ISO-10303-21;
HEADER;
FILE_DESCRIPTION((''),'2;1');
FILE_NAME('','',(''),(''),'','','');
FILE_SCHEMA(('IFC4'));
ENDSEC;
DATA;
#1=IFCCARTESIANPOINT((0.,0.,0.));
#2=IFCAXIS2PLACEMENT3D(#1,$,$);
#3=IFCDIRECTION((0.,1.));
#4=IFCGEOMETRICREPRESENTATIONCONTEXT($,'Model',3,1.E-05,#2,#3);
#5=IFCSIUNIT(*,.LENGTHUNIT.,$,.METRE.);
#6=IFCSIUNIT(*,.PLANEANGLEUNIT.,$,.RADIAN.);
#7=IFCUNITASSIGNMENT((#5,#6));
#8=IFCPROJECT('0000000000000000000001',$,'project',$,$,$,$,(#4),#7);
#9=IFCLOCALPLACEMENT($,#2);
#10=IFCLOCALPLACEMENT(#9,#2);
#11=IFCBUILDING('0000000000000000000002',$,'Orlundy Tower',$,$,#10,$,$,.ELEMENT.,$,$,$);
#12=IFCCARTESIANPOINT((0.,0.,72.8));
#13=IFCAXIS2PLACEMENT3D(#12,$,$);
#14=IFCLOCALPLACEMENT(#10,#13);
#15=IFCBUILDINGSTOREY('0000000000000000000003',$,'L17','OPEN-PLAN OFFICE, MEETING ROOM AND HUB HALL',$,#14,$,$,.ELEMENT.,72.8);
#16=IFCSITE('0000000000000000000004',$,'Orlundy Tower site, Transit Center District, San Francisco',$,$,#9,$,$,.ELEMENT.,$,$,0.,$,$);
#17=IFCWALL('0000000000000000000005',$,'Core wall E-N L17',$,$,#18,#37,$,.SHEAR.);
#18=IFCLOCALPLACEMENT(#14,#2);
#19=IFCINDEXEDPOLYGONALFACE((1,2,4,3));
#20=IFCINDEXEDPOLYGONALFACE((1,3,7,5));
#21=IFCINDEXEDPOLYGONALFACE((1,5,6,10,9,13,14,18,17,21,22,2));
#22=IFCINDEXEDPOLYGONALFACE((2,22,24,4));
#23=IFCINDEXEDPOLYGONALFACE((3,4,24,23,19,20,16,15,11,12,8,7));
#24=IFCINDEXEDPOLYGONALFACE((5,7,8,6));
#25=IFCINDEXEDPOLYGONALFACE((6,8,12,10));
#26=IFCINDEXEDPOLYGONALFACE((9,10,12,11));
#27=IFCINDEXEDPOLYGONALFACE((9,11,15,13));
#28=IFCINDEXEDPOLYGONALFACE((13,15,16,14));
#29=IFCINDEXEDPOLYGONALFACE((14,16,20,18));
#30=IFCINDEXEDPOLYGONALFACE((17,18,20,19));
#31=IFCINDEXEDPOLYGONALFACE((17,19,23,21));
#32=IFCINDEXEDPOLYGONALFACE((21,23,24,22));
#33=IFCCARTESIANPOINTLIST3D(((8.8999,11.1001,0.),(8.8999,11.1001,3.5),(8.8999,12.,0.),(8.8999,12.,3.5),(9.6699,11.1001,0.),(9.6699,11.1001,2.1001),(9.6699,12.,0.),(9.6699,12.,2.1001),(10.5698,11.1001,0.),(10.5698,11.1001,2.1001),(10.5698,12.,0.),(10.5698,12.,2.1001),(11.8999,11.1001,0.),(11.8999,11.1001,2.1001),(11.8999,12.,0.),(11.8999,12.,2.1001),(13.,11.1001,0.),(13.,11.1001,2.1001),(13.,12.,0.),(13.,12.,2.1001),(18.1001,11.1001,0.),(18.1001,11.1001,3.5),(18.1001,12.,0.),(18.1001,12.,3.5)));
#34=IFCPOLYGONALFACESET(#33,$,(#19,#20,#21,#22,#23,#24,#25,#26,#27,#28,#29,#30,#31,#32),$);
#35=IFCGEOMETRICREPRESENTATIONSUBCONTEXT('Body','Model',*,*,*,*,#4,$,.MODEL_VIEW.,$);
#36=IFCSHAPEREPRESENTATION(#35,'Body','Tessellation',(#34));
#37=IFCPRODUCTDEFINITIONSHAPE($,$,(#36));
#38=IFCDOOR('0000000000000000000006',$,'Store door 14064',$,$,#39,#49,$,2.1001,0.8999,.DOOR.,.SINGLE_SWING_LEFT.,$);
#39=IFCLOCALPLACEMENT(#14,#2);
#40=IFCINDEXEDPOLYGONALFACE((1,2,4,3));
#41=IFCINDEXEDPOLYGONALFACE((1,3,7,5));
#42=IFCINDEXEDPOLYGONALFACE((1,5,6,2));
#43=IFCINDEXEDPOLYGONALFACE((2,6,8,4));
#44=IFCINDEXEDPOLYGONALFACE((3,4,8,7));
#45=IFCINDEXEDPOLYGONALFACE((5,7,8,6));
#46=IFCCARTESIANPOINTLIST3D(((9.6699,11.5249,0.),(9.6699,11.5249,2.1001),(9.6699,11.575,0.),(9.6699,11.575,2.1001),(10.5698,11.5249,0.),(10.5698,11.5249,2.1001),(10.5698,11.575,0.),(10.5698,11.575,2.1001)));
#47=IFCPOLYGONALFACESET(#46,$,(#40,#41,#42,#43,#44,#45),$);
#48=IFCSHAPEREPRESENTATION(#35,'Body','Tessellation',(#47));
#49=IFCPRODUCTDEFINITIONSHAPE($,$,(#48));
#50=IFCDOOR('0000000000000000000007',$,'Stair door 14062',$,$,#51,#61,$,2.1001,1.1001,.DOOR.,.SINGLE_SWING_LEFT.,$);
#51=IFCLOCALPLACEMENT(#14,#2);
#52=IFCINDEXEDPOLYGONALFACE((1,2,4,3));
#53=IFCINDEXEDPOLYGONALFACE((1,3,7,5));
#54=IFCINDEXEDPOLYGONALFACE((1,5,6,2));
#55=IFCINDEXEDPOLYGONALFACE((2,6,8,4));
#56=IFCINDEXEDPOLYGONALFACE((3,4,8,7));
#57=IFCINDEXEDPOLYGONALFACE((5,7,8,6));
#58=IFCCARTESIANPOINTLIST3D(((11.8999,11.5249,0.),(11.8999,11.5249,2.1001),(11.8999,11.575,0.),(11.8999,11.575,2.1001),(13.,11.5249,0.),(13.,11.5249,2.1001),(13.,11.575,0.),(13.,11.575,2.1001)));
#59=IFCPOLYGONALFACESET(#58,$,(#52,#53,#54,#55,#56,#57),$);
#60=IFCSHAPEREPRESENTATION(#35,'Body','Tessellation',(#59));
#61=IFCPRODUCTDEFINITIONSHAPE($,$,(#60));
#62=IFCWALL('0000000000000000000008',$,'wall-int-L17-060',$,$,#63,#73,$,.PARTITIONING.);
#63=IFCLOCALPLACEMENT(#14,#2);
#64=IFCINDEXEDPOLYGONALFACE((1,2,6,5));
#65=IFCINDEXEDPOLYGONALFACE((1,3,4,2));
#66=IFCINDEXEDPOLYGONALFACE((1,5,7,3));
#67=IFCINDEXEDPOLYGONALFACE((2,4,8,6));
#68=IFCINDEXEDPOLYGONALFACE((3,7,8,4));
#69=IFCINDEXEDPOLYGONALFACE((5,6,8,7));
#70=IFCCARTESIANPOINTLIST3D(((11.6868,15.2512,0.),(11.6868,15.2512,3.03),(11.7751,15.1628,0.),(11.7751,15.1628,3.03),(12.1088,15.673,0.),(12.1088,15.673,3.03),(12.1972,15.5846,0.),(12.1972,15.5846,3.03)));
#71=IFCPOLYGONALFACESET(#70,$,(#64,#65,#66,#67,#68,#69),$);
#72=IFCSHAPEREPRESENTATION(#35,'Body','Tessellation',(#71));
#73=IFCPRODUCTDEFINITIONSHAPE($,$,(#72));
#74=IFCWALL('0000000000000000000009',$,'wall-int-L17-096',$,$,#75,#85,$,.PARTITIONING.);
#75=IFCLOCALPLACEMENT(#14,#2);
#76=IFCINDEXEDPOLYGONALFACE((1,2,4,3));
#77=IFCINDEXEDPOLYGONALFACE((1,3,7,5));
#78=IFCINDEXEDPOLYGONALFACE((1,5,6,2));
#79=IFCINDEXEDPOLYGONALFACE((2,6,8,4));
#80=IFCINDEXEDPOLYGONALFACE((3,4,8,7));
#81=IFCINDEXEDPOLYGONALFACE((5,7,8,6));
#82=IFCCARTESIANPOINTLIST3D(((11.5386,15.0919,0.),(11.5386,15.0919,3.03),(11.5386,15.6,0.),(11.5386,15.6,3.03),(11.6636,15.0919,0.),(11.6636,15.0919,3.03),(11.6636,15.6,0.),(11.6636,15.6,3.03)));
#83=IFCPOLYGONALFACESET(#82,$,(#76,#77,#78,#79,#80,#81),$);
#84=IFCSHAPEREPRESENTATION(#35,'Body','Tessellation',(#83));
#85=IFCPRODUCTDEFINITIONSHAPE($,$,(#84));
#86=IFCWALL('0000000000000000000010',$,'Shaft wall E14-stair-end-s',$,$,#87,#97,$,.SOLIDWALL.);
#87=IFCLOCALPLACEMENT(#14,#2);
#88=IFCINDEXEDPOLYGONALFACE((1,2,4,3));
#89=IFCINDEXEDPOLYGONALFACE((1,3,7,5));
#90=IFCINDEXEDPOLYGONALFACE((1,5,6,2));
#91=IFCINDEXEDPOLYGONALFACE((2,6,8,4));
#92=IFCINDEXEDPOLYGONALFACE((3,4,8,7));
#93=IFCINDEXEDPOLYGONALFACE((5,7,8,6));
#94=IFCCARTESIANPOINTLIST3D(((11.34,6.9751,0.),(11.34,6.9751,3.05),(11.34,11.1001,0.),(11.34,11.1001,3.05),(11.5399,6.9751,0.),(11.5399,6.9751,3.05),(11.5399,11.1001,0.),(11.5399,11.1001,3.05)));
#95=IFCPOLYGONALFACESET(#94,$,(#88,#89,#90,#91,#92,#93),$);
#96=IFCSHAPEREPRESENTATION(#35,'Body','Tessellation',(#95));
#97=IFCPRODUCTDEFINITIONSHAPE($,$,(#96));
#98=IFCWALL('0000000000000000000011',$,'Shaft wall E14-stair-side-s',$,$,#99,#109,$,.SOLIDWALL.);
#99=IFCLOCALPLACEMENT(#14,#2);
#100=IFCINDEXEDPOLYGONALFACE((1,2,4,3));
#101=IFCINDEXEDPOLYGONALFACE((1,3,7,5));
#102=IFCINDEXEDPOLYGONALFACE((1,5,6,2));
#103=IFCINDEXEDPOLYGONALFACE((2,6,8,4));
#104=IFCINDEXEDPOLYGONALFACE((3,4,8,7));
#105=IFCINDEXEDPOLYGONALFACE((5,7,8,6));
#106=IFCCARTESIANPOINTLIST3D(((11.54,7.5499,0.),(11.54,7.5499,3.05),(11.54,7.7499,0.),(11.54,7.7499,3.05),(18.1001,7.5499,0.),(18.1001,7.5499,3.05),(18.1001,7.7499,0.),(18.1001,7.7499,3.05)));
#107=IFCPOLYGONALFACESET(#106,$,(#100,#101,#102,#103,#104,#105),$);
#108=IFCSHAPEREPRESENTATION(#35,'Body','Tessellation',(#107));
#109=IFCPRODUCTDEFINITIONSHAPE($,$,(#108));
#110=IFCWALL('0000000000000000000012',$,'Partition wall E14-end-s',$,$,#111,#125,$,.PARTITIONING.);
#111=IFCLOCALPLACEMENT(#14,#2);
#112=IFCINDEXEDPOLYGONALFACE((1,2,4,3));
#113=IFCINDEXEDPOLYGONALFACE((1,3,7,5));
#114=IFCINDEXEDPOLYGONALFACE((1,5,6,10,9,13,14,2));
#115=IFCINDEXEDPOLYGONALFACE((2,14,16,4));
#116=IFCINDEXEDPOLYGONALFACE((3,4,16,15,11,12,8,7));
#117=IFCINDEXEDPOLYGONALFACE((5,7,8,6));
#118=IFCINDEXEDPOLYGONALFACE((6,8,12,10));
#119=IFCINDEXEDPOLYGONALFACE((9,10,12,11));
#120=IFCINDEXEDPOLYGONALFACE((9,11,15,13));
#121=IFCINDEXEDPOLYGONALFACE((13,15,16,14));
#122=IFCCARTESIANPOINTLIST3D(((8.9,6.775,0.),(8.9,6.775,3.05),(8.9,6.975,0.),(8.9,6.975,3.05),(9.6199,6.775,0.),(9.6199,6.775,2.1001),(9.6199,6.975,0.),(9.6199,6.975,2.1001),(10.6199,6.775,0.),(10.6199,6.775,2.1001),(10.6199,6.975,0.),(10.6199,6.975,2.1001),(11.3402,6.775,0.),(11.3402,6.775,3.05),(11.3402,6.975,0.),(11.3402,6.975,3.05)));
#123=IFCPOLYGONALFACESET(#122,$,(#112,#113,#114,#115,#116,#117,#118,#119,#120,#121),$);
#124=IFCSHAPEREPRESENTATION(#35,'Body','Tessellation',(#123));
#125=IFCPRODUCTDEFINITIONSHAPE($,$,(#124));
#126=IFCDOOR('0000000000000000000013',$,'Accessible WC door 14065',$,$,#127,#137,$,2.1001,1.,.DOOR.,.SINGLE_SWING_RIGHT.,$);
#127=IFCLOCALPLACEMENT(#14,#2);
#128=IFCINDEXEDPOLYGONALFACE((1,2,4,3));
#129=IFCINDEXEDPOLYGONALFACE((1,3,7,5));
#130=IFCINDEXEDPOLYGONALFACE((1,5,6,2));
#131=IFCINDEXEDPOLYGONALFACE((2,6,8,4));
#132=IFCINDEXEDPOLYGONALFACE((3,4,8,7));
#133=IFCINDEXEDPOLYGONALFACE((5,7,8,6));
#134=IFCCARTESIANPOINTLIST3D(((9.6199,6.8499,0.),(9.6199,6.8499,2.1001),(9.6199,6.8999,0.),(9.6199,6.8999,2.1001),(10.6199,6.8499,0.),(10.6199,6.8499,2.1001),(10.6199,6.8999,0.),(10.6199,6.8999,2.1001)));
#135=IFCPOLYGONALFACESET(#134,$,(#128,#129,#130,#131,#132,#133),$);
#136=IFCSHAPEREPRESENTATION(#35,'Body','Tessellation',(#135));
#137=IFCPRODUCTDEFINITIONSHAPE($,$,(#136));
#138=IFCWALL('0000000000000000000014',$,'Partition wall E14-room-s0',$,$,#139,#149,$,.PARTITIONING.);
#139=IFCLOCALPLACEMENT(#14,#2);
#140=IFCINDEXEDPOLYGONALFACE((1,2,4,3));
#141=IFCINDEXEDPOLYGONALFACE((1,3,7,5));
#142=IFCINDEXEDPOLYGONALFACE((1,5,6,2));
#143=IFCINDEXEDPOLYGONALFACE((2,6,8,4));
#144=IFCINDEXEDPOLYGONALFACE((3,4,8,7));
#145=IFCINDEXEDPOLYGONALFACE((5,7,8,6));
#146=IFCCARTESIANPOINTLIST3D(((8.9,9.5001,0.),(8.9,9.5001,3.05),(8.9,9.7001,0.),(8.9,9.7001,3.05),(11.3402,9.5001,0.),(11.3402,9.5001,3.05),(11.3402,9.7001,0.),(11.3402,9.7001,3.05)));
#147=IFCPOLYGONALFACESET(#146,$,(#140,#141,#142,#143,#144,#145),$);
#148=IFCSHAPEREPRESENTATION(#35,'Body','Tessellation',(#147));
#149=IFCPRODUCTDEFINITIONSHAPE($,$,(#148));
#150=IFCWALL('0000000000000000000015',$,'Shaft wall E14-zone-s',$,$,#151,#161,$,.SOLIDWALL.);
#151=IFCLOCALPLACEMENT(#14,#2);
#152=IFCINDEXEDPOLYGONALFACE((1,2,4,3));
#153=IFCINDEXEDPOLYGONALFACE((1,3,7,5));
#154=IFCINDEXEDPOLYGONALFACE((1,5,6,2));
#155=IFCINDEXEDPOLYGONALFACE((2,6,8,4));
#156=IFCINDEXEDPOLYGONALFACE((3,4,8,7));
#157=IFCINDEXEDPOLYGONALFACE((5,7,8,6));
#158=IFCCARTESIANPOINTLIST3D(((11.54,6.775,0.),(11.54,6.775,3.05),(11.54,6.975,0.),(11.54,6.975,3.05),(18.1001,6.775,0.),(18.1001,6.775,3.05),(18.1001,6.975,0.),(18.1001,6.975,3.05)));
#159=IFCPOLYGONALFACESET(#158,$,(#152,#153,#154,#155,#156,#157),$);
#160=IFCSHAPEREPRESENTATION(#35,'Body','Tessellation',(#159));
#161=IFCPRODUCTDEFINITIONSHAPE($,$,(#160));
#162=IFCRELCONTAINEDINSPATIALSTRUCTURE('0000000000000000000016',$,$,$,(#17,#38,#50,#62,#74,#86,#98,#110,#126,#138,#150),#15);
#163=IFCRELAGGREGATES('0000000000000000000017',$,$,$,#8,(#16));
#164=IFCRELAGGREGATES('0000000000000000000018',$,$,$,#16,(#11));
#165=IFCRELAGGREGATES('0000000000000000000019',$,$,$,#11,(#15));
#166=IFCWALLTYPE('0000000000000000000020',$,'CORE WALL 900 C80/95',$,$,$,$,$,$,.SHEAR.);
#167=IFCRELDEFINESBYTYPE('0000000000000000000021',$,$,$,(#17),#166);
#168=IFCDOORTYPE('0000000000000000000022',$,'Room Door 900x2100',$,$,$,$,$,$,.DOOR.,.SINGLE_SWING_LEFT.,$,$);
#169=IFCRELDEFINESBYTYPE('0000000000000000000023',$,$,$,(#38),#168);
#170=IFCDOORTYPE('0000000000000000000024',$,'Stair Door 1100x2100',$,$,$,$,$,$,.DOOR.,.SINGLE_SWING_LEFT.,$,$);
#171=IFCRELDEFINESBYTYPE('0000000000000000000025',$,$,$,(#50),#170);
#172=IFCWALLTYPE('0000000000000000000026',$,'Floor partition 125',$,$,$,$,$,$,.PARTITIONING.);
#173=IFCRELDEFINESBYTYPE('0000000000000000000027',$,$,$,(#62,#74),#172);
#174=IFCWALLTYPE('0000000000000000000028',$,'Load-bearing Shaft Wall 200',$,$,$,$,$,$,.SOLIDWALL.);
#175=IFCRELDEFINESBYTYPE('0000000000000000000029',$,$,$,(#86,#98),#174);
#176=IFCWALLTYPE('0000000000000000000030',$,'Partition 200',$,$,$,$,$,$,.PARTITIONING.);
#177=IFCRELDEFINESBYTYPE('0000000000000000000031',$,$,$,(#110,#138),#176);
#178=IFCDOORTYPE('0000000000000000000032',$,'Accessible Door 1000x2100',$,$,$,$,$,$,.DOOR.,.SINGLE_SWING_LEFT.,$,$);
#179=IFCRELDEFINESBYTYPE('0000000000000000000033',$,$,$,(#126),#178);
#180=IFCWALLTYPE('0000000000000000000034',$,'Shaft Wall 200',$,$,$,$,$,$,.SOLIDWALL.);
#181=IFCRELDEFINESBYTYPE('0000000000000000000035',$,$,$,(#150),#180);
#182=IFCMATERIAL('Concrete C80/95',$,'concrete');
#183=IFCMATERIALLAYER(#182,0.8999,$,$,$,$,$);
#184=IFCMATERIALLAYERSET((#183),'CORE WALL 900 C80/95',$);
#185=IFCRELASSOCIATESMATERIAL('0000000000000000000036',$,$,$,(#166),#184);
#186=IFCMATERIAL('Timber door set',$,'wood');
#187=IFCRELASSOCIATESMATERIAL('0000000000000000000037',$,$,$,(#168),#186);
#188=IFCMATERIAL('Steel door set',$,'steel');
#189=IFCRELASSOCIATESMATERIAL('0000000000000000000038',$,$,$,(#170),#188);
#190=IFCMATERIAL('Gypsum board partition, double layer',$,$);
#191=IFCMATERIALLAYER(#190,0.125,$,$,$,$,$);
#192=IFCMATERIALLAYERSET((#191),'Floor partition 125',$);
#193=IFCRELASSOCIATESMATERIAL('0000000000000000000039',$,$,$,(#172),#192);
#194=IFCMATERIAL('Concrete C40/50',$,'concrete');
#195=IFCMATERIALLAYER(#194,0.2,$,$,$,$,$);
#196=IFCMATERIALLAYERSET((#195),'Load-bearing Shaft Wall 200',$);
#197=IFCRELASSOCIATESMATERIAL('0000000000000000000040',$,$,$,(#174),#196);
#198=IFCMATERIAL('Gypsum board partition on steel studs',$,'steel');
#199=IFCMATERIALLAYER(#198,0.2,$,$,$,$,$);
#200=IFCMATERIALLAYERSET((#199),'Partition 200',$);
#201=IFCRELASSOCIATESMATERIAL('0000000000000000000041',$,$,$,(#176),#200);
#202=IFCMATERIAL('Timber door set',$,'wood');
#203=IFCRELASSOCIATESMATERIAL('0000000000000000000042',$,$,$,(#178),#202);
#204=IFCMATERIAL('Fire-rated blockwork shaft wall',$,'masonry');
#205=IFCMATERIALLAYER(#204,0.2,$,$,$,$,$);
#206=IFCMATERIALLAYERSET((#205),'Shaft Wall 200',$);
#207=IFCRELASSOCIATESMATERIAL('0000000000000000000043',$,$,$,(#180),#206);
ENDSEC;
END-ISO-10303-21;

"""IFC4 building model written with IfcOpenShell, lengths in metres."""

from ifc_helpers import new_model, si_unit, direction, frame, frame_2d, origin, place, context, subcontext, project, spatial, rectangle, extrude, material, layer, layer_set, type_object, element, fill, save


model = new_model("IFC4")

# Units and contexts
model_context = context("Model", 3, precision=1e-05, world=origin(), true_north=direction((0.0, 1.0)))
body_context = subcontext(model_context, "Body", "Model", "MODEL_VIEW")
ifc_project = project(units=[si_unit("LENGTHUNIT", "METRE"), si_unit("PLANEANGLEUNIT", "RADIAN")], contexts=[model_context])

# Site, building, storey
site_placement = place(None, origin())
site = spatial("IfcSite", under=ifc_project, at=site_placement, Name="Orlundy Tower site, Transit Center District, San Francisco", CompositionType="ELEMENT", RefElevation=0.0)
building_placement = place(site_placement, origin())
building = spatial("IfcBuilding", under=site, at=building_placement, Name="Orlundy Tower", CompositionType="ELEMENT")
storey_placement = place(building_placement, frame((0.0, 0.0, 72.8)))
storey = spatial("IfcBuildingStorey", under=building, at=storey_placement, Name="L17", Description="OPEN-PLAN OFFICE, MEETING ROOM AND HUB HALL", CompositionType="ELEMENT", Elevation=72.8)

# Wall, openings, doors
ifc_material_1 = material(Name="Concrete C80/95", Category="concrete")
ifc_layer_1 = layer(ifc_material_1, 0.8999)
ifc_layer_set_1 = layer_set([ifc_layer_1], Name="CORE WALL 900 C80/95")
wall_type_1 = type_object("IfcWallType", Name="CORE WALL 900 C80/95", PredefinedType="SHEAR", material=ifc_layer_set_1)
wall_1_placement = place(storey_placement, frame((8.8999, 11.55, 0.0), z_axis=(0.0, 0.0, 1.0), x_axis=(1.0, 0.0, 0.0)))
wall_1 = element("IfcWall", 1, at=wall_1_placement, inside=storey, type_object=wall_type_1, Name="Core wall E-N L17", PredefinedType="SHEAR", context=body_context, shape_type="SweptSolid", body=[
    extrude(rectangle(XDim=9.2002, YDim=0.8999, at=frame_2d((4.6001, 0.0))), origin(), (0.0, 0.0, 1.0), 3.5),
])
opening_1_placement = place(wall_1_placement, frame((3.0, 0.0, 0.0)))
opening_1 = element("IfcOpeningElement", 2, at=opening_1_placement, cuts=wall_1, PredefinedType="OPENING", context=body_context, shape_type="SweptSolid", body=[
    extrude(rectangle(XDim=1.1001, YDim=2.1001, at=frame_2d((0.55, 1.05))), frame((0.0, 0.46, 0.0), z_axis=(0.0, -1.0, 0.0), x_axis=(1.0, 0.0, 0.0)), (0.0, 0.0, 1.0), 0.9199),
])
opening_2_placement = place(wall_1_placement, frame((0.77, 0.0, 0.0)))
opening_2 = element("IfcOpeningElement", 3, at=opening_2_placement, cuts=wall_1, PredefinedType="OPENING", context=body_context, shape_type="SweptSolid", body=[
    extrude(rectangle(XDim=0.8999, YDim=2.1001, at=frame_2d((0.45, 1.05))), frame((0.0, 0.46, 0.0), z_axis=(0.0, -1.0, 0.0), x_axis=(1.0, 0.0, 0.0)), (0.0, 0.0, 1.0), 0.9199),
])
ifc_material_2 = material(Name="Timber door set", Category="wood")
door_type_1 = type_object("IfcDoorType", Name="Room Door 900x2100", OperationType="SINGLE_SWING_LEFT", PredefinedType="DOOR", material=ifc_material_2)
door_1_placement = place(opening_2_placement, origin())
door_1 = element("IfcDoor", 4, at=door_1_placement, inside=storey, type_object=door_type_1, Name="Store door 14064", OperationType="SINGLE_SWING_LEFT", OverallHeight=2.1001, OverallWidth=0.8999, PredefinedType="DOOR", context=body_context, shape_type="SweptSolid", body=[
    extrude(rectangle(XDim=0.8999, YDim=2.1001, at=frame_2d((0.45, 1.05))), frame((0.0, 0.0249, 0.0), z_axis=(0.0, -1.0, 0.0), x_axis=(1.0, 0.0, 0.0)), (0.0, 0.0, 1.0), 0.05),
])
fill(opening_2, door_1)
ifc_material_3 = material(Name="Steel door set", Category="steel")
door_type_2 = type_object("IfcDoorType", Name="Stair Door 1100x2100", OperationType="SINGLE_SWING_LEFT", PredefinedType="DOOR", material=ifc_material_3)
door_2_placement = place(opening_1_placement, origin())
door_2 = element("IfcDoor", 5, at=door_2_placement, inside=storey, type_object=door_type_2, Name="Stair door 14062", OperationType="SINGLE_SWING_LEFT", OverallHeight=2.1001, OverallWidth=1.1001, PredefinedType="DOOR", context=body_context, shape_type="SweptSolid", body=[
    extrude(rectangle(XDim=1.1001, YDim=2.1001, at=frame_2d((0.55, 1.05))), frame((0.0, 0.0249, 0.0), z_axis=(0.0, -1.0, 0.0), x_axis=(1.0, 0.0, 0.0)), (0.0, 0.0, 1.0), 0.05),
])
fill(opening_1, door_2)

# Walls
ifc_material_4 = material(Name="Gypsum board partition, double layer")
ifc_layer_2 = layer(ifc_material_4, 0.125)
ifc_layer_set_2 = layer_set([ifc_layer_2], Name="Floor partition 125")
wall_type_2 = type_object("IfcWallType", Name="Floor partition 125", PredefinedType="PARTITIONING", material=ifc_layer_set_2)
wall_2_placement = place(storey_placement, frame((11.731, 15.207, 0.0), z_axis=(0.0, 0.0, 1.0), x_axis=(0.707311, 0.706902, 0.0)))
element("IfcWall", 6, at=wall_2_placement, inside=storey, type_object=wall_type_2, Name="wall-int-L17-060", PredefinedType="PARTITIONING", context=body_context, shape_type="SweptSolid", body=[
    extrude(rectangle(XDim=0.5967, YDim=0.125, at=frame_2d((0.2983, 0.0))), origin(), (0.0, 0.0, 1.0), 3.03),
])
wall_3_placement = place(storey_placement, frame((11.6011, 15.092, 0.0), z_axis=(0.0, 0.0, 1.0), x_axis=(0.0, 1.0, 0.0)))
element("IfcWall", 7, at=wall_3_placement, inside=storey, type_object=wall_type_2, Name="wall-int-L17-096", PredefinedType="PARTITIONING", context=body_context, shape_type="SweptSolid", body=[
    extrude(rectangle(XDim=0.5081, YDim=0.125, at=frame_2d((0.2539, 0.0))), origin(), (0.0, 0.0, 1.0), 3.03),
])
ifc_material_5 = material(Name="Concrete C40/50", Category="concrete")
ifc_layer_3 = layer(ifc_material_5, 0.2)
ifc_layer_set_3 = layer_set([ifc_layer_3], Name="Load-bearing Shaft Wall 200")
wall_type_3 = type_object("IfcWallType", Name="Load-bearing Shaft Wall 200", PredefinedType="SOLIDWALL", material=ifc_layer_set_3)
wall_4_placement = place(storey_placement, frame((11.4399, 11.1001, 0.0), z_axis=(0.0, 0.0, 1.0), x_axis=(0.0, -1.0, 0.0)))
element("IfcWall", 8, at=wall_4_placement, inside=storey, type_object=wall_type_3, Name="Shaft wall E14-stair-end-s", PredefinedType="SOLIDWALL", context=body_context, shape_type="SweptSolid", body=[
    extrude(rectangle(XDim=4.125, YDim=0.2, at=frame_2d((2.0625, 0.0))), origin(), (0.0, 0.0, 1.0), 3.05),
])
wall_5_placement = place(storey_placement, frame((11.54, 7.6499, 0.0), z_axis=(0.0, 0.0, 1.0), x_axis=(1.0, 0.0, 0.0)))
element("IfcWall", 9, at=wall_5_placement, inside=storey, type_object=wall_type_3, Name="Shaft wall E14-stair-side-s", PredefinedType="SOLIDWALL", context=body_context, shape_type="SweptSolid", body=[
    extrude(rectangle(XDim=6.5601, YDim=0.2, at=frame_2d((3.28, 0.0))), origin(), (0.0, 0.0, 1.0), 3.05),
])

# Wall, opening, door
ifc_material_6 = material(Name="Gypsum board partition on steel studs", Category="steel")
ifc_layer_4 = layer(ifc_material_6, 0.2)
ifc_layer_set_4 = layer_set([ifc_layer_4], Name="Partition 200")
wall_type_4 = type_object("IfcWallType", Name="Partition 200", PredefinedType="PARTITIONING", material=ifc_layer_set_4)
wall_6_placement = place(storey_placement, frame((8.8999, 6.875, 0.0), z_axis=(0.0, 0.0, 1.0), x_axis=(1.0, 0.0, 0.0)))
wall_6 = element("IfcWall", 10, at=wall_6_placement, inside=storey, type_object=wall_type_4, Name="Partition wall E14-end-s", PredefinedType="PARTITIONING", context=body_context, shape_type="SweptSolid", body=[
    extrude(rectangle(XDim=2.4402, YDim=0.2, at=frame_2d((1.2202, 0.0))), origin(), (0.0, 0.0, 1.0), 3.05),
])
opening_3_placement = place(wall_6_placement, frame((0.72, 0.0, 0.0)))
opening_3 = element("IfcOpeningElement", 11, at=opening_3_placement, cuts=wall_6, PredefinedType="OPENING", context=body_context, shape_type="SweptSolid", body=[
    extrude(rectangle(XDim=1.0, YDim=2.1001, at=frame_2d((0.5, 1.05))), frame((0.0, 0.1101, 0.0), z_axis=(0.0, -1.0, 0.0), x_axis=(1.0, 0.0, 0.0)), (0.0, 0.0, 1.0), 0.2202),
])
ifc_material_7 = material(Name="Timber door set", Category="wood")
door_type_3 = type_object("IfcDoorType", Name="Accessible Door 1000x2100", OperationType="SINGLE_SWING_LEFT", PredefinedType="DOOR", material=ifc_material_7)
door_3_placement = place(opening_3_placement, origin())
door_3 = element("IfcDoor", 12, at=door_3_placement, inside=storey, type_object=door_type_3, Name="Accessible WC door 14065", OperationType="SINGLE_SWING_RIGHT", OverallHeight=2.1001, OverallWidth=1.0, PredefinedType="DOOR", context=body_context, shape_type="SweptSolid", body=[
    extrude(rectangle(XDim=1.0, YDim=2.1001, at=frame_2d((0.5, 1.05))), frame((0.0, 0.0249, 0.0), z_axis=(0.0, -1.0, 0.0), x_axis=(1.0, 0.0, 0.0)), (0.0, 0.0, 1.0), 0.05),
])
fill(opening_3, door_3)

# Walls
wall_7_placement = place(storey_placement, frame((8.8999, 9.6001, 0.0), z_axis=(0.0, 0.0, 1.0), x_axis=(1.0, 0.0, 0.0)))
element("IfcWall", 13, at=wall_7_placement, inside=storey, type_object=wall_type_4, Name="Partition wall E14-room-s0", PredefinedType="PARTITIONING", context=body_context, shape_type="SweptSolid", body=[
    extrude(rectangle(XDim=2.4402, YDim=0.2, at=frame_2d((1.2202, 0.0))), origin(), (0.0, 0.0, 1.0), 3.05),
])
ifc_material_8 = material(Name="Fire-rated blockwork shaft wall", Category="masonry")
ifc_layer_5 = layer(ifc_material_8, 0.2)
ifc_layer_set_5 = layer_set([ifc_layer_5], Name="Shaft Wall 200")
wall_type_5 = type_object("IfcWallType", Name="Shaft Wall 200", PredefinedType="SOLIDWALL", material=ifc_layer_set_5)
wall_8_placement = place(storey_placement, frame((11.54, 6.875, 0.0), z_axis=(0.0, 0.0, 1.0), x_axis=(1.0, 0.0, 0.0)))
element("IfcWall", 14, at=wall_8_placement, inside=storey, type_object=wall_type_5, Name="Shaft wall E14-zone-s", PredefinedType="SOLIDWALL", context=body_context, shape_type="SweptSolid", body=[
    extrude(rectangle(XDim=6.5601, YDim=0.2, at=frame_2d((3.28, 0.0))), origin(), (0.0, 0.0, 1.0), 3.05),
])

save(model, "model.ifc")
